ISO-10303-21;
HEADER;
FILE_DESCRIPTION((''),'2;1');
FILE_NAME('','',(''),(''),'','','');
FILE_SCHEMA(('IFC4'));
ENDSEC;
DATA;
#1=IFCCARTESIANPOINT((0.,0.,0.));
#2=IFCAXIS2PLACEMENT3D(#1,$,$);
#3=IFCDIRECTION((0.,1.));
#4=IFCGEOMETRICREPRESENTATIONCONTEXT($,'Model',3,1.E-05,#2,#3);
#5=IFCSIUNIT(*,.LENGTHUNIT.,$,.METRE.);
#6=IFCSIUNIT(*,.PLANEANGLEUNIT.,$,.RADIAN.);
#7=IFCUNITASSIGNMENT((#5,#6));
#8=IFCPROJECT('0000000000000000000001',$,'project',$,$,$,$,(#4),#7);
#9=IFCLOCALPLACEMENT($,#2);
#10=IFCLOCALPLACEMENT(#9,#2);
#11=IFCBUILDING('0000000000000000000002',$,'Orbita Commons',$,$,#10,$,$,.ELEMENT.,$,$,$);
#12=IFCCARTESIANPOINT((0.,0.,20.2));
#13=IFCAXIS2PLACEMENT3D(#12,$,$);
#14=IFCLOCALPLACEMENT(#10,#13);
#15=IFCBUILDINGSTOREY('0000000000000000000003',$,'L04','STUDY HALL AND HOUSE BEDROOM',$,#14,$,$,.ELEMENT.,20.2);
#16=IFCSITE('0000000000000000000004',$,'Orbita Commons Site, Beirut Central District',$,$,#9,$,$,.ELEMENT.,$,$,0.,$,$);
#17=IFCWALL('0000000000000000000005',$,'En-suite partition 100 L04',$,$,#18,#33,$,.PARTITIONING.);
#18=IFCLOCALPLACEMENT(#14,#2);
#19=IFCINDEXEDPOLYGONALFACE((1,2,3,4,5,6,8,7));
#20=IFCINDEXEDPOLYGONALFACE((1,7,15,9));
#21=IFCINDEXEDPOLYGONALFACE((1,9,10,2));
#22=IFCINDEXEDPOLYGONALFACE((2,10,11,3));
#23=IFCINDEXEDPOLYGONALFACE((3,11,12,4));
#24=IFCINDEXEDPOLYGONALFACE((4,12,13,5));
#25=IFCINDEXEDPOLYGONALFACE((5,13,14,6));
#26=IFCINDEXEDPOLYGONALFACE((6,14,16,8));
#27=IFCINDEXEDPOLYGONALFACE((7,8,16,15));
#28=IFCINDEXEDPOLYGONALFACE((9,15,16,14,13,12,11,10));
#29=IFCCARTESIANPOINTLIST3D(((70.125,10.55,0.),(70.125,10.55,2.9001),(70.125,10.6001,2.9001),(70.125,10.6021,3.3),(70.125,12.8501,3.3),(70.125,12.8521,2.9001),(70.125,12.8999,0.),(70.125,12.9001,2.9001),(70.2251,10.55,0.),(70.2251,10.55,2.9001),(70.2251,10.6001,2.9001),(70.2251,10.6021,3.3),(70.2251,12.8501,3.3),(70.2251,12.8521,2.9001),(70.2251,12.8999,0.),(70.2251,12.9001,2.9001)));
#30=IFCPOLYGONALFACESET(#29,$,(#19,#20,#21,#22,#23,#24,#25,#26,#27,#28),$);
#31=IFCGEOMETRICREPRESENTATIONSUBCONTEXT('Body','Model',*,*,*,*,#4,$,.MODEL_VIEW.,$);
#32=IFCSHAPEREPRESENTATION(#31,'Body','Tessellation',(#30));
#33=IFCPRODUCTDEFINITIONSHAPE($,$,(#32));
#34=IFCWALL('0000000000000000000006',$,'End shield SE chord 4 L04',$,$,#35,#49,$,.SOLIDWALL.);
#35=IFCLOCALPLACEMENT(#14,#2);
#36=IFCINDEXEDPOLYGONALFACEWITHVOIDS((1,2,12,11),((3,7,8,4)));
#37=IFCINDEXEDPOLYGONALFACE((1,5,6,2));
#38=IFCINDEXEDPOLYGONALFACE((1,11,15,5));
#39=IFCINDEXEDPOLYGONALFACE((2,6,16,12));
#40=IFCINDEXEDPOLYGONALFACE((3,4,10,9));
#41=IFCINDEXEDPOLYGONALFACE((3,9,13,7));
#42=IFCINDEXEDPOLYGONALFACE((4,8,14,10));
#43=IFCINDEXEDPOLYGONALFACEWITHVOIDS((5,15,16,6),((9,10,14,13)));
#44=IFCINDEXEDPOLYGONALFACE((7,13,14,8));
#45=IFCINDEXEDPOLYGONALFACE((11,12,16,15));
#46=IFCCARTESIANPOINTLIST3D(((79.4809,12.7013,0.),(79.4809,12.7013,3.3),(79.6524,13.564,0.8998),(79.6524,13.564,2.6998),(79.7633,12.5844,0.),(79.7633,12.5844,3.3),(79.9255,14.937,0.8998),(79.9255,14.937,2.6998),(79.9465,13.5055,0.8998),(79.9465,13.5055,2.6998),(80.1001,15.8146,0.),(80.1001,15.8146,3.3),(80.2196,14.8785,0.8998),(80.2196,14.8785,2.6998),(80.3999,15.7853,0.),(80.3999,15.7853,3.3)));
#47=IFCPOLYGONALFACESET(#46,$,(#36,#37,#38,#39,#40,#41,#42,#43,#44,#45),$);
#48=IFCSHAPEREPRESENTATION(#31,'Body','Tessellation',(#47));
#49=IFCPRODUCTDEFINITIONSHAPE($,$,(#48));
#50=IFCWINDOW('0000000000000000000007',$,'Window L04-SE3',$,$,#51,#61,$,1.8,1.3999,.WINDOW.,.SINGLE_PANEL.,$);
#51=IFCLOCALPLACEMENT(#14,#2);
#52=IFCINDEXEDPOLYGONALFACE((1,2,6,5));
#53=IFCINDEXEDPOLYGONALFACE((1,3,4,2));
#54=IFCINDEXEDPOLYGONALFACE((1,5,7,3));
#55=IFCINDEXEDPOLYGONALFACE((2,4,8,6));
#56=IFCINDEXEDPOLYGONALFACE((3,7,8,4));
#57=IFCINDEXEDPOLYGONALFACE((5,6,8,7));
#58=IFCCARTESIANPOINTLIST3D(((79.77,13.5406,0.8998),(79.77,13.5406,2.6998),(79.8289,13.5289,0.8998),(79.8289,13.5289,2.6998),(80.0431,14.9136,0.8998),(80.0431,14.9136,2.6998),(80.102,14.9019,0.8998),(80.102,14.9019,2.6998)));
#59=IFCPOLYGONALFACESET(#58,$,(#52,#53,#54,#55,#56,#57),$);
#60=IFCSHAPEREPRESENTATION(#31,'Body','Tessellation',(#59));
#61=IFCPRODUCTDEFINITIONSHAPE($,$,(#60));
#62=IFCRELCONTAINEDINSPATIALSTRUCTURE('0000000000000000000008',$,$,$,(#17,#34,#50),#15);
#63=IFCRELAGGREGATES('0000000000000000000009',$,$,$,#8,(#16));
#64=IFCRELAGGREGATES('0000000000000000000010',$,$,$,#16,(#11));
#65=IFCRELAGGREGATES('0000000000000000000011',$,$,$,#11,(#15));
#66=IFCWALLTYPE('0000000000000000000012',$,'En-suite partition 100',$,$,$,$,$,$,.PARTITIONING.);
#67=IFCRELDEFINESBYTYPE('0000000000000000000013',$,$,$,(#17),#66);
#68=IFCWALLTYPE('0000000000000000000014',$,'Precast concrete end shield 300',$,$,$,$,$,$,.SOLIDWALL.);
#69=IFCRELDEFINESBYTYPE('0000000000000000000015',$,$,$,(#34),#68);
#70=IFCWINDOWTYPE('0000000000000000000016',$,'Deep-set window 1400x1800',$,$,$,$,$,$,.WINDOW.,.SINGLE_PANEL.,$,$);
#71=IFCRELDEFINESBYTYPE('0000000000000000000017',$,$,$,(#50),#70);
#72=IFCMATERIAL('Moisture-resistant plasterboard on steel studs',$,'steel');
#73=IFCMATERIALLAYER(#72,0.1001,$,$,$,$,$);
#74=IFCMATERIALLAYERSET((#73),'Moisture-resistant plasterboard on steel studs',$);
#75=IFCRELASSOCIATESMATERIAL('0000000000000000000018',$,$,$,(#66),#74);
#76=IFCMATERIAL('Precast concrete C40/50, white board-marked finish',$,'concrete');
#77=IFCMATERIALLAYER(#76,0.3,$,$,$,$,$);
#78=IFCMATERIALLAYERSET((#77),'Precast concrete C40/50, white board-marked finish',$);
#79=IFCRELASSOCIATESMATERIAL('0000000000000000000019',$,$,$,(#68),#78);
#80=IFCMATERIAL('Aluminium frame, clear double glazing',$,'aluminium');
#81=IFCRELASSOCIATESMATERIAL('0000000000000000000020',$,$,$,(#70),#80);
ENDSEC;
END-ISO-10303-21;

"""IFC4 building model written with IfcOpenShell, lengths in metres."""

from ifc_helpers import new_model, si_unit, direction, frame, frame_2d, origin, place, context, subcontext, project, spatial, polyline, rectangle, outline, extrude, material, layer, layer_set, type_object, element, fill, save


model = new_model("IFC4")

# Units and contexts
model_context = context("Model", 3, precision=1e-05, world=origin(), true_north=direction((0.0, 1.0)))
body_context = subcontext(model_context, "Body", "Model", "MODEL_VIEW")
ifc_project = project(units=[si_unit("LENGTHUNIT", "METRE"), si_unit("PLANEANGLEUNIT", "RADIAN")], contexts=[model_context])

# Site, building, storey
site_placement = place(None, origin())
site = spatial("IfcSite", under=ifc_project, at=site_placement, Name="Orbita Commons Site, Beirut Central District", CompositionType="ELEMENT", RefElevation=0.0)
building_placement = place(site_placement, origin())
building = spatial("IfcBuilding", under=site, at=building_placement, Name="Orbita Commons", CompositionType="ELEMENT")
storey_placement = place(building_placement, frame((0.0, 0.0, 20.2)))
storey = spatial("IfcBuildingStorey", under=building, at=storey_placement, Name="L04", Description="STUDY HALL AND HOUSE BEDROOM", CompositionType="ELEMENT", Elevation=20.2)

# Shared definitions
ifc_material_1 = material(Name="Moisture-resistant plasterboard on steel studs", Category="steel")
ifc_layer_1 = layer(ifc_material_1, 0.1001)
ifc_layer_set_1 = layer_set([ifc_layer_1], Name="Moisture-resistant plasterboard on steel studs")
wall_type_1 = type_object("IfcWallType", Name="En-suite partition 100", PredefinedType="PARTITIONING", material=ifc_layer_set_1)

# Wall
wall_1_placement = place(storey_placement, frame((70.175, 10.55, 0.0), z_axis=(0.0, 0.0, 1.0), x_axis=(0.0, 1.0, 0.0)))
element("IfcWall", 1, at=wall_1_placement, inside=storey, type_object=wall_type_1, Name="En-suite partition 100 L04", PredefinedType="PARTITIONING", context=body_context, shape_type="SweptSolid", body=[
    extrude(outline(polyline([(0.0, 0.0), (2.3499, 0.0), (2.3501, 2.9001), (2.302, 2.9001), (2.3, 3.3), (0.052, 3.3), (0.05, 2.9001), (0.0, 2.9001), (0.0, 0.0)])), frame((0.0, 0.05, 0.0), z_axis=(0.0, -1.0, 0.0), x_axis=(1.0, 0.0, 0.0)), (0.0, 0.0, 1.0), 0.1001),
])

# Wall, opening, window
ifc_material_2 = material(Name="Precast concrete C40/50, white board-marked finish", Category="concrete")
ifc_layer_2 = layer(ifc_material_2, 0.3)
ifc_layer_set_2 = layer_set([ifc_layer_2], Name="Precast concrete C40/50, white board-marked finish")
wall_type_2 = type_object("IfcWallType", Name="Precast concrete end shield 300", PredefinedType="SOLIDWALL", material=ifc_layer_set_2)
wall_2_placement = place(storey_placement, frame((79.6221, 12.6428, 0.0), z_axis=(0.0, 0.0, 1.0), x_axis=(0.195066, 0.98079, 0.0)))
wall_2 = element("IfcWall", 2, at=wall_2_placement, inside=storey, type_object=wall_type_2, Name="End shield SE chord 4 L04", PredefinedType="SOLIDWALL", context=body_context, shape_type="SweptSolid", body=[
    extrude(outline(polyline([(-0.0298, -0.1499), (3.2339, -0.1499), (3.2041, 0.1499), (0.0298, 0.1499), (-0.0298, -0.1499)])), origin(), (0.0, 0.0, 1.0), 3.3),
])
opening_1_placement = place(wall_2_placement, frame((0.9094, 0.0, 0.8999)))
opening_1 = element("IfcOpeningElement", 3, at=opening_1_placement, cuts=wall_2, PredefinedType="OPENING", context=body_context, shape_type="SweptSolid", body=[
    extrude(rectangle(XDim=1.3999, YDim=1.8, at=frame_2d((0.7, 0.8999))), frame((0.0, 0.1599, 0.0), z_axis=(0.0, -1.0, 0.0), x_axis=(1.0, 0.0, 0.0)), (0.0, 0.0, 1.0), 0.3201),
])
ifc_material_3 = material(Name="Aluminium frame, clear double glazing", Category="aluminium")
window_type = type_object("IfcWindowType", Name="Deep-set window 1400x1800", PartitioningType="SINGLE_PANEL", PredefinedType="WINDOW", material=ifc_material_3)
window_placement = place(opening_1_placement, origin())
window = element("IfcWindow", 4, at=window_placement, inside=storey, type_object=window_type, Name="Window L04-SE3", OverallHeight=1.8, OverallWidth=1.3999, PartitioningType="SINGLE_PANEL", PredefinedType="WINDOW", context=body_context, shape_type="SweptSolid", body=[
    extrude(rectangle(XDim=1.3999, YDim=1.8, at=frame_2d((0.7, 0.8999))), frame((0.0, 0.03, 0.0), z_axis=(0.0, -1.0, 0.0), x_axis=(1.0, 0.0, 0.0)), (0.0, 0.0, 1.0), 0.0601),
])
fill(opening_1, window)

save(model, "model.ifc")
